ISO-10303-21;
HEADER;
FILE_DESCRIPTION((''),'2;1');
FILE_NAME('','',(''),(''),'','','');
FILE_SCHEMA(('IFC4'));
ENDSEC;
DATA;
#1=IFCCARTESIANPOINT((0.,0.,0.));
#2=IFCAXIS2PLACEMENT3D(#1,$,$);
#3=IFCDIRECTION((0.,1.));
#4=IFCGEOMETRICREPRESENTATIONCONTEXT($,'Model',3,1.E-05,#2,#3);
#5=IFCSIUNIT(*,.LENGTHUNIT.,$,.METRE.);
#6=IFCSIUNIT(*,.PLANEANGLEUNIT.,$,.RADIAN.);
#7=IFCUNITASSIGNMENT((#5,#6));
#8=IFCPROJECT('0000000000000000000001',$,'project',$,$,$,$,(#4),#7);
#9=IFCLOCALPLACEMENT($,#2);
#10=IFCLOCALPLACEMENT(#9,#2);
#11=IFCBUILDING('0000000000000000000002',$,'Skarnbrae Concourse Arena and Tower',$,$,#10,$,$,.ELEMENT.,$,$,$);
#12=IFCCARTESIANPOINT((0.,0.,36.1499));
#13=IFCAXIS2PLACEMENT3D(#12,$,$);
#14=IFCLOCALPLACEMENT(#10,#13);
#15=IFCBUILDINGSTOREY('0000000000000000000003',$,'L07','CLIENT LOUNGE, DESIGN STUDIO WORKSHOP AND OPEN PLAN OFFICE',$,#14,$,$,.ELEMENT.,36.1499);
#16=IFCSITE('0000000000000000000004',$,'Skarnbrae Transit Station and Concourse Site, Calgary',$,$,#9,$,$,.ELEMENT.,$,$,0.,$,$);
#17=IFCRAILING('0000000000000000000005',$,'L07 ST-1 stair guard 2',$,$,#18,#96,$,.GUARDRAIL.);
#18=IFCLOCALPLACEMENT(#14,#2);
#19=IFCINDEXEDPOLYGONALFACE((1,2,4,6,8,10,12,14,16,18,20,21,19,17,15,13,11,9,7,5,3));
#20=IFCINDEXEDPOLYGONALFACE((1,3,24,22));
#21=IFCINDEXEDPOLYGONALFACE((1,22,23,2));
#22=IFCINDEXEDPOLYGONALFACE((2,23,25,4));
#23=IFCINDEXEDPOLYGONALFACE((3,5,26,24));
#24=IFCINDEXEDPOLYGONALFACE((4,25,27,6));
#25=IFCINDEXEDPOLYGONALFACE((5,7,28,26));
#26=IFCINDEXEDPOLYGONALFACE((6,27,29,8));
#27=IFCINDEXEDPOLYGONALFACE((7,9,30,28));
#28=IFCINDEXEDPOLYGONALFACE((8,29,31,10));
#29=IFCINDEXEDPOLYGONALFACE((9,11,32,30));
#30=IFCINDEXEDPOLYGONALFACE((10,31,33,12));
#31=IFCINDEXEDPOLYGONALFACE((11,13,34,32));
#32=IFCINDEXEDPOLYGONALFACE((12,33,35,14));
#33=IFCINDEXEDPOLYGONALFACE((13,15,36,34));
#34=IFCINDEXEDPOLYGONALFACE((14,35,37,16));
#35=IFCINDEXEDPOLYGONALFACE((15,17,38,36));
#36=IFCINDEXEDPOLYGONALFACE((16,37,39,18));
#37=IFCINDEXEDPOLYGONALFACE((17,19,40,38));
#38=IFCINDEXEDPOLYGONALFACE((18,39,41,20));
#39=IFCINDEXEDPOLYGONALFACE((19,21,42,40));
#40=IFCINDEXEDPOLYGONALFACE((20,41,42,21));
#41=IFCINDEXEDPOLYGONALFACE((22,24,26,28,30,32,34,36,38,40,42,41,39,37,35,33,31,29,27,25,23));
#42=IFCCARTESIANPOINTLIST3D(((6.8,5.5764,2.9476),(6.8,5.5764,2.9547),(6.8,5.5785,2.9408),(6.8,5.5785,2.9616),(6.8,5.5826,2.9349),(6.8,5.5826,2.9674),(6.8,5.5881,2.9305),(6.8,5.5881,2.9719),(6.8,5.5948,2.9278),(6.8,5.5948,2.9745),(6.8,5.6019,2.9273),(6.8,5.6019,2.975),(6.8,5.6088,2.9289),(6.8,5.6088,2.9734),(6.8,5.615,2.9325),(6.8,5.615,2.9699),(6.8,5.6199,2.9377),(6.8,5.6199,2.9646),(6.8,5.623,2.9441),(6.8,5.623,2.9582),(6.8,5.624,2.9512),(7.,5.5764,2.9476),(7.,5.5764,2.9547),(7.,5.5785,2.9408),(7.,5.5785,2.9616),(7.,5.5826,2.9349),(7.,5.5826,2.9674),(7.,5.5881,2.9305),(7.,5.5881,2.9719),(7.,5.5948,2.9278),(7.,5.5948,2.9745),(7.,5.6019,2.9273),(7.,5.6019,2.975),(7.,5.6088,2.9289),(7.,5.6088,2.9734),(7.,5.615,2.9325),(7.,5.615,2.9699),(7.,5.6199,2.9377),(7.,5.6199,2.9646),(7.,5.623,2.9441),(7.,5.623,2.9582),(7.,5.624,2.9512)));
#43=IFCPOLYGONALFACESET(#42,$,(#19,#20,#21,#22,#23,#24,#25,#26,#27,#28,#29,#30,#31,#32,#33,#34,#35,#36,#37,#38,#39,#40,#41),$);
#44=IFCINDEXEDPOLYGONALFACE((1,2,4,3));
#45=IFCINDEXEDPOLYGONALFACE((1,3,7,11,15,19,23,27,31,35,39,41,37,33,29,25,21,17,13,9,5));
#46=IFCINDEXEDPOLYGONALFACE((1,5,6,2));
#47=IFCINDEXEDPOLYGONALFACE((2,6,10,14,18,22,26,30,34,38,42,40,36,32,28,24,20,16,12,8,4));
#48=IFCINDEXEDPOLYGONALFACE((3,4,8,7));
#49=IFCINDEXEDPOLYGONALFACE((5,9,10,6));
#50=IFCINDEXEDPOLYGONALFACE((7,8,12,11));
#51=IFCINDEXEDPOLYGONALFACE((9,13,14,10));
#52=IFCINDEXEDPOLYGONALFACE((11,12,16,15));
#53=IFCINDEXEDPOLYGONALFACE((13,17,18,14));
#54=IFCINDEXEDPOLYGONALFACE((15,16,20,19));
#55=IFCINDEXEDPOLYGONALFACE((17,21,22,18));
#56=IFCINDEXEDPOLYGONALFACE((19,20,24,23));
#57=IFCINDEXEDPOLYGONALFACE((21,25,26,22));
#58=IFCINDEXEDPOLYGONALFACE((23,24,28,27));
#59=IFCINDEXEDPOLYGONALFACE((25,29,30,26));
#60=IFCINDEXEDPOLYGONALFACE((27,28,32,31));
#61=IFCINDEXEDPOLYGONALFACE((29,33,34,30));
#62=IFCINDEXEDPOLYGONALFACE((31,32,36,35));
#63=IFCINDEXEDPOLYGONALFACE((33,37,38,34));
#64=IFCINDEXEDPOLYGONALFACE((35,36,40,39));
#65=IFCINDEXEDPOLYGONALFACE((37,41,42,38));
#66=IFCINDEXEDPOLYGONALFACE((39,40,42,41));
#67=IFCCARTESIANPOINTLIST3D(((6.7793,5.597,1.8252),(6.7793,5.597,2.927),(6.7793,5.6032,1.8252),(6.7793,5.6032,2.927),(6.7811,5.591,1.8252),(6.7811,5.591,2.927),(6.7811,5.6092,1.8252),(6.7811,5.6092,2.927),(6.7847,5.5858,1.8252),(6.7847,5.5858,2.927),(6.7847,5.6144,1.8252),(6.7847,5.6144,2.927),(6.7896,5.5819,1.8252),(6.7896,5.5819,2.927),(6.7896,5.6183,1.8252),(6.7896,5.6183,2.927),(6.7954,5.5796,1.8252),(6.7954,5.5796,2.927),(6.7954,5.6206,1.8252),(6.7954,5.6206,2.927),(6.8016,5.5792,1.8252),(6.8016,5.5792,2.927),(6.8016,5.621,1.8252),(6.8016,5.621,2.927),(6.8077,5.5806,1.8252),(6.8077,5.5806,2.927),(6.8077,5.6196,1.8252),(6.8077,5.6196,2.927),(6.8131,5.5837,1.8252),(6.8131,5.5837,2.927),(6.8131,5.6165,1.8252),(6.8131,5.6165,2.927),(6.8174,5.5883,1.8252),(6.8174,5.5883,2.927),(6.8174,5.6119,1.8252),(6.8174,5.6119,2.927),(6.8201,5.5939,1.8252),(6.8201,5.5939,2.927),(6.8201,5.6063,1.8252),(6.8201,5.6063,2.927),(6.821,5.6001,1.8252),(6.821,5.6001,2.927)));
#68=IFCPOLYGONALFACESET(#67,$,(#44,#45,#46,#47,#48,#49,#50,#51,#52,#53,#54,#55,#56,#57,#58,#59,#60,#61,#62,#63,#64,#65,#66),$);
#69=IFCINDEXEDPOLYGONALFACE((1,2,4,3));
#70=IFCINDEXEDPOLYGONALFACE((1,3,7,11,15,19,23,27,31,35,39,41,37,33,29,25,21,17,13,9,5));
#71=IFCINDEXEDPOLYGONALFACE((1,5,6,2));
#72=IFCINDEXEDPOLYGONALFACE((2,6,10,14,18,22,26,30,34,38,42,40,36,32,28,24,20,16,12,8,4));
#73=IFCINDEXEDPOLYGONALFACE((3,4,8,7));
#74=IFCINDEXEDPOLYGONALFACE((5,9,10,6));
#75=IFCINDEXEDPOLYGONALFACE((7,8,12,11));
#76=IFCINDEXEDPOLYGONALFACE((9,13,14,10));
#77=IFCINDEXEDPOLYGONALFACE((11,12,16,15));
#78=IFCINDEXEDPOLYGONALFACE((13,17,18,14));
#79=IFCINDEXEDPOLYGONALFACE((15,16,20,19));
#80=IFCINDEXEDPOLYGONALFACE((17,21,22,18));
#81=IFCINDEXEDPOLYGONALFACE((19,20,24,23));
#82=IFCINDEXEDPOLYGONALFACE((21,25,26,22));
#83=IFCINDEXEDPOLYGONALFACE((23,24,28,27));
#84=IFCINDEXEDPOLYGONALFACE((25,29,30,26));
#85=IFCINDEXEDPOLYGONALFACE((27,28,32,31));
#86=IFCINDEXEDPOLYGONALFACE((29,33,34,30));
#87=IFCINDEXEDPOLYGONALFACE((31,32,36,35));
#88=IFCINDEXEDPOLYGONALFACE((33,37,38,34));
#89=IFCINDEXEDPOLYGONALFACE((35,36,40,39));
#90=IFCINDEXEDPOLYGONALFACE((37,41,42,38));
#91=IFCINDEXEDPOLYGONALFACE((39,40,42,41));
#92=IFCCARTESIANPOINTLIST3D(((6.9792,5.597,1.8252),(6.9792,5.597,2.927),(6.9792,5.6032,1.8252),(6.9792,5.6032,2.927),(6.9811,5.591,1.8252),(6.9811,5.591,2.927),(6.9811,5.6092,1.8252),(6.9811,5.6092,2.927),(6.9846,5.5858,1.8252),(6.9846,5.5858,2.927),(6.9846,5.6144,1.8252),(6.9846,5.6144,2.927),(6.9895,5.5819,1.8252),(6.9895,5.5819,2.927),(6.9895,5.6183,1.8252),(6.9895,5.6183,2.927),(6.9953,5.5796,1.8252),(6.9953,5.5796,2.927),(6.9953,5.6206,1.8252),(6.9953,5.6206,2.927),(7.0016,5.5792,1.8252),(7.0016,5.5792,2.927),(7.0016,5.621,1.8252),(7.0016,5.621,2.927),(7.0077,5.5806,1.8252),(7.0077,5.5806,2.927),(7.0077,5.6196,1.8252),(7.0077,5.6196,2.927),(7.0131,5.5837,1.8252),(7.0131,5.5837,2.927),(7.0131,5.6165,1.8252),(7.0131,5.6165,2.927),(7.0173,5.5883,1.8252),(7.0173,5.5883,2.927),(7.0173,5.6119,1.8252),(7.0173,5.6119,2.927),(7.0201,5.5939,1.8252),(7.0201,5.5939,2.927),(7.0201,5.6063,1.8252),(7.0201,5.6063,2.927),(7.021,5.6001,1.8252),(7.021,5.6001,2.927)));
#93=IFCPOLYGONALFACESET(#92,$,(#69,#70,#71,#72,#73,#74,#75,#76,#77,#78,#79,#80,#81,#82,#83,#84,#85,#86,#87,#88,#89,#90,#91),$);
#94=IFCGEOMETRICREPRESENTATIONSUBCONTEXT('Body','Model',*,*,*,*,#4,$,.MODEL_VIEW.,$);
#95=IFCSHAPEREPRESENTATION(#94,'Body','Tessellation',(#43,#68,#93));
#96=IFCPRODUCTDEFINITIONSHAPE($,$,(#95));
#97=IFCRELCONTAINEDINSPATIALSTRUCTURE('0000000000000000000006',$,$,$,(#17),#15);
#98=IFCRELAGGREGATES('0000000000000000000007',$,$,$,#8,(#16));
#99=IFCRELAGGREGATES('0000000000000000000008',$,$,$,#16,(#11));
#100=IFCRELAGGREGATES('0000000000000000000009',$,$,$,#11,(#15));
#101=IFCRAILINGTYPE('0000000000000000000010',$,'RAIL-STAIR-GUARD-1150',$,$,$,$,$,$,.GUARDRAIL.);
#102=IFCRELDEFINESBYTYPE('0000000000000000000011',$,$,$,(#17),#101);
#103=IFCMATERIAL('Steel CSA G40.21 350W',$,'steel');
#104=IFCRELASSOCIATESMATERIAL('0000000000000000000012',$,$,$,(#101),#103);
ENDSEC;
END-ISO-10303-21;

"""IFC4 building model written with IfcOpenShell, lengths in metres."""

from ifc_helpers import new_model, si_unit, direction, frame, origin, origin_2d, place, context, subcontext, project, spatial, circle, extrude, material, type_object, element, save


model = new_model("IFC4")

# Units and contexts
model_context = context("Model", 3, precision=1e-05, world=origin(), true_north=direction((0.0, 1.0)))
body_context = subcontext(model_context, "Body", "Model", "MODEL_VIEW")
ifc_project = project(units=[si_unit("LENGTHUNIT", "METRE"), si_unit("PLANEANGLEUNIT", "RADIAN")], contexts=[model_context])

# Site, building, storey
site_placement = place(None, origin())
site = spatial("IfcSite", under=ifc_project, at=site_placement, Name="Skarnbrae Transit Station and Concourse Site, Calgary", CompositionType="ELEMENT", RefElevation=0.0)
building_placement = place(site_placement, origin())
building = spatial("IfcBuilding", under=site, at=building_placement, Name="Skarnbrae Concourse Arena and Tower", CompositionType="ELEMENT")
storey_placement = place(building_placement, frame((0.0, 0.0, 36.1499)))
storey = spatial("IfcBuildingStorey", under=building, at=storey_placement, Name="L07", Description="CLIENT LOUNGE, DESIGN STUDIO WORKSHOP AND OPEN PLAN OFFICE", CompositionType="ELEMENT", Elevation=36.1499)

# Shared definitions
ifc_material_1 = material(Name="Steel CSA G40.21 350W", Category="steel")

# Railing
railing_type_1 = type_object("IfcRailingType", Name="RAIL-STAIR-GUARD-1150", PredefinedType="GUARDRAIL", material=ifc_material_1)
railing_1_placement = place(storey_placement, frame((6.8, 5.6001, 1.8252)))
element("IfcRailing", 1, at=railing_1_placement, inside=storey, type_object=railing_type_1, Name="L07 ST-1 stair guard 2", PredefinedType="GUARDRAIL", context=body_context, shape_type="SweptSolid", body=[
    extrude(circle(Radius=0.0239, at=origin_2d()), frame((0.0, 0.0, 1.126), z_axis=(1.0, 0.0, 0.0), x_axis=(0.0, 1.0, 0.0)), (0.0, 0.0, 1.0), 0.2),
    extrude(circle(Radius=0.021, at=origin_2d()), origin(), (0.0, 0.0, 1.0), 1.1018),
    extrude(circle(Radius=0.021, at=origin_2d()), frame((0.2, 0.0, 0.0)), (0.0, 0.0, 1.0), 1.1018),
])

save(model, "model.ifc")
